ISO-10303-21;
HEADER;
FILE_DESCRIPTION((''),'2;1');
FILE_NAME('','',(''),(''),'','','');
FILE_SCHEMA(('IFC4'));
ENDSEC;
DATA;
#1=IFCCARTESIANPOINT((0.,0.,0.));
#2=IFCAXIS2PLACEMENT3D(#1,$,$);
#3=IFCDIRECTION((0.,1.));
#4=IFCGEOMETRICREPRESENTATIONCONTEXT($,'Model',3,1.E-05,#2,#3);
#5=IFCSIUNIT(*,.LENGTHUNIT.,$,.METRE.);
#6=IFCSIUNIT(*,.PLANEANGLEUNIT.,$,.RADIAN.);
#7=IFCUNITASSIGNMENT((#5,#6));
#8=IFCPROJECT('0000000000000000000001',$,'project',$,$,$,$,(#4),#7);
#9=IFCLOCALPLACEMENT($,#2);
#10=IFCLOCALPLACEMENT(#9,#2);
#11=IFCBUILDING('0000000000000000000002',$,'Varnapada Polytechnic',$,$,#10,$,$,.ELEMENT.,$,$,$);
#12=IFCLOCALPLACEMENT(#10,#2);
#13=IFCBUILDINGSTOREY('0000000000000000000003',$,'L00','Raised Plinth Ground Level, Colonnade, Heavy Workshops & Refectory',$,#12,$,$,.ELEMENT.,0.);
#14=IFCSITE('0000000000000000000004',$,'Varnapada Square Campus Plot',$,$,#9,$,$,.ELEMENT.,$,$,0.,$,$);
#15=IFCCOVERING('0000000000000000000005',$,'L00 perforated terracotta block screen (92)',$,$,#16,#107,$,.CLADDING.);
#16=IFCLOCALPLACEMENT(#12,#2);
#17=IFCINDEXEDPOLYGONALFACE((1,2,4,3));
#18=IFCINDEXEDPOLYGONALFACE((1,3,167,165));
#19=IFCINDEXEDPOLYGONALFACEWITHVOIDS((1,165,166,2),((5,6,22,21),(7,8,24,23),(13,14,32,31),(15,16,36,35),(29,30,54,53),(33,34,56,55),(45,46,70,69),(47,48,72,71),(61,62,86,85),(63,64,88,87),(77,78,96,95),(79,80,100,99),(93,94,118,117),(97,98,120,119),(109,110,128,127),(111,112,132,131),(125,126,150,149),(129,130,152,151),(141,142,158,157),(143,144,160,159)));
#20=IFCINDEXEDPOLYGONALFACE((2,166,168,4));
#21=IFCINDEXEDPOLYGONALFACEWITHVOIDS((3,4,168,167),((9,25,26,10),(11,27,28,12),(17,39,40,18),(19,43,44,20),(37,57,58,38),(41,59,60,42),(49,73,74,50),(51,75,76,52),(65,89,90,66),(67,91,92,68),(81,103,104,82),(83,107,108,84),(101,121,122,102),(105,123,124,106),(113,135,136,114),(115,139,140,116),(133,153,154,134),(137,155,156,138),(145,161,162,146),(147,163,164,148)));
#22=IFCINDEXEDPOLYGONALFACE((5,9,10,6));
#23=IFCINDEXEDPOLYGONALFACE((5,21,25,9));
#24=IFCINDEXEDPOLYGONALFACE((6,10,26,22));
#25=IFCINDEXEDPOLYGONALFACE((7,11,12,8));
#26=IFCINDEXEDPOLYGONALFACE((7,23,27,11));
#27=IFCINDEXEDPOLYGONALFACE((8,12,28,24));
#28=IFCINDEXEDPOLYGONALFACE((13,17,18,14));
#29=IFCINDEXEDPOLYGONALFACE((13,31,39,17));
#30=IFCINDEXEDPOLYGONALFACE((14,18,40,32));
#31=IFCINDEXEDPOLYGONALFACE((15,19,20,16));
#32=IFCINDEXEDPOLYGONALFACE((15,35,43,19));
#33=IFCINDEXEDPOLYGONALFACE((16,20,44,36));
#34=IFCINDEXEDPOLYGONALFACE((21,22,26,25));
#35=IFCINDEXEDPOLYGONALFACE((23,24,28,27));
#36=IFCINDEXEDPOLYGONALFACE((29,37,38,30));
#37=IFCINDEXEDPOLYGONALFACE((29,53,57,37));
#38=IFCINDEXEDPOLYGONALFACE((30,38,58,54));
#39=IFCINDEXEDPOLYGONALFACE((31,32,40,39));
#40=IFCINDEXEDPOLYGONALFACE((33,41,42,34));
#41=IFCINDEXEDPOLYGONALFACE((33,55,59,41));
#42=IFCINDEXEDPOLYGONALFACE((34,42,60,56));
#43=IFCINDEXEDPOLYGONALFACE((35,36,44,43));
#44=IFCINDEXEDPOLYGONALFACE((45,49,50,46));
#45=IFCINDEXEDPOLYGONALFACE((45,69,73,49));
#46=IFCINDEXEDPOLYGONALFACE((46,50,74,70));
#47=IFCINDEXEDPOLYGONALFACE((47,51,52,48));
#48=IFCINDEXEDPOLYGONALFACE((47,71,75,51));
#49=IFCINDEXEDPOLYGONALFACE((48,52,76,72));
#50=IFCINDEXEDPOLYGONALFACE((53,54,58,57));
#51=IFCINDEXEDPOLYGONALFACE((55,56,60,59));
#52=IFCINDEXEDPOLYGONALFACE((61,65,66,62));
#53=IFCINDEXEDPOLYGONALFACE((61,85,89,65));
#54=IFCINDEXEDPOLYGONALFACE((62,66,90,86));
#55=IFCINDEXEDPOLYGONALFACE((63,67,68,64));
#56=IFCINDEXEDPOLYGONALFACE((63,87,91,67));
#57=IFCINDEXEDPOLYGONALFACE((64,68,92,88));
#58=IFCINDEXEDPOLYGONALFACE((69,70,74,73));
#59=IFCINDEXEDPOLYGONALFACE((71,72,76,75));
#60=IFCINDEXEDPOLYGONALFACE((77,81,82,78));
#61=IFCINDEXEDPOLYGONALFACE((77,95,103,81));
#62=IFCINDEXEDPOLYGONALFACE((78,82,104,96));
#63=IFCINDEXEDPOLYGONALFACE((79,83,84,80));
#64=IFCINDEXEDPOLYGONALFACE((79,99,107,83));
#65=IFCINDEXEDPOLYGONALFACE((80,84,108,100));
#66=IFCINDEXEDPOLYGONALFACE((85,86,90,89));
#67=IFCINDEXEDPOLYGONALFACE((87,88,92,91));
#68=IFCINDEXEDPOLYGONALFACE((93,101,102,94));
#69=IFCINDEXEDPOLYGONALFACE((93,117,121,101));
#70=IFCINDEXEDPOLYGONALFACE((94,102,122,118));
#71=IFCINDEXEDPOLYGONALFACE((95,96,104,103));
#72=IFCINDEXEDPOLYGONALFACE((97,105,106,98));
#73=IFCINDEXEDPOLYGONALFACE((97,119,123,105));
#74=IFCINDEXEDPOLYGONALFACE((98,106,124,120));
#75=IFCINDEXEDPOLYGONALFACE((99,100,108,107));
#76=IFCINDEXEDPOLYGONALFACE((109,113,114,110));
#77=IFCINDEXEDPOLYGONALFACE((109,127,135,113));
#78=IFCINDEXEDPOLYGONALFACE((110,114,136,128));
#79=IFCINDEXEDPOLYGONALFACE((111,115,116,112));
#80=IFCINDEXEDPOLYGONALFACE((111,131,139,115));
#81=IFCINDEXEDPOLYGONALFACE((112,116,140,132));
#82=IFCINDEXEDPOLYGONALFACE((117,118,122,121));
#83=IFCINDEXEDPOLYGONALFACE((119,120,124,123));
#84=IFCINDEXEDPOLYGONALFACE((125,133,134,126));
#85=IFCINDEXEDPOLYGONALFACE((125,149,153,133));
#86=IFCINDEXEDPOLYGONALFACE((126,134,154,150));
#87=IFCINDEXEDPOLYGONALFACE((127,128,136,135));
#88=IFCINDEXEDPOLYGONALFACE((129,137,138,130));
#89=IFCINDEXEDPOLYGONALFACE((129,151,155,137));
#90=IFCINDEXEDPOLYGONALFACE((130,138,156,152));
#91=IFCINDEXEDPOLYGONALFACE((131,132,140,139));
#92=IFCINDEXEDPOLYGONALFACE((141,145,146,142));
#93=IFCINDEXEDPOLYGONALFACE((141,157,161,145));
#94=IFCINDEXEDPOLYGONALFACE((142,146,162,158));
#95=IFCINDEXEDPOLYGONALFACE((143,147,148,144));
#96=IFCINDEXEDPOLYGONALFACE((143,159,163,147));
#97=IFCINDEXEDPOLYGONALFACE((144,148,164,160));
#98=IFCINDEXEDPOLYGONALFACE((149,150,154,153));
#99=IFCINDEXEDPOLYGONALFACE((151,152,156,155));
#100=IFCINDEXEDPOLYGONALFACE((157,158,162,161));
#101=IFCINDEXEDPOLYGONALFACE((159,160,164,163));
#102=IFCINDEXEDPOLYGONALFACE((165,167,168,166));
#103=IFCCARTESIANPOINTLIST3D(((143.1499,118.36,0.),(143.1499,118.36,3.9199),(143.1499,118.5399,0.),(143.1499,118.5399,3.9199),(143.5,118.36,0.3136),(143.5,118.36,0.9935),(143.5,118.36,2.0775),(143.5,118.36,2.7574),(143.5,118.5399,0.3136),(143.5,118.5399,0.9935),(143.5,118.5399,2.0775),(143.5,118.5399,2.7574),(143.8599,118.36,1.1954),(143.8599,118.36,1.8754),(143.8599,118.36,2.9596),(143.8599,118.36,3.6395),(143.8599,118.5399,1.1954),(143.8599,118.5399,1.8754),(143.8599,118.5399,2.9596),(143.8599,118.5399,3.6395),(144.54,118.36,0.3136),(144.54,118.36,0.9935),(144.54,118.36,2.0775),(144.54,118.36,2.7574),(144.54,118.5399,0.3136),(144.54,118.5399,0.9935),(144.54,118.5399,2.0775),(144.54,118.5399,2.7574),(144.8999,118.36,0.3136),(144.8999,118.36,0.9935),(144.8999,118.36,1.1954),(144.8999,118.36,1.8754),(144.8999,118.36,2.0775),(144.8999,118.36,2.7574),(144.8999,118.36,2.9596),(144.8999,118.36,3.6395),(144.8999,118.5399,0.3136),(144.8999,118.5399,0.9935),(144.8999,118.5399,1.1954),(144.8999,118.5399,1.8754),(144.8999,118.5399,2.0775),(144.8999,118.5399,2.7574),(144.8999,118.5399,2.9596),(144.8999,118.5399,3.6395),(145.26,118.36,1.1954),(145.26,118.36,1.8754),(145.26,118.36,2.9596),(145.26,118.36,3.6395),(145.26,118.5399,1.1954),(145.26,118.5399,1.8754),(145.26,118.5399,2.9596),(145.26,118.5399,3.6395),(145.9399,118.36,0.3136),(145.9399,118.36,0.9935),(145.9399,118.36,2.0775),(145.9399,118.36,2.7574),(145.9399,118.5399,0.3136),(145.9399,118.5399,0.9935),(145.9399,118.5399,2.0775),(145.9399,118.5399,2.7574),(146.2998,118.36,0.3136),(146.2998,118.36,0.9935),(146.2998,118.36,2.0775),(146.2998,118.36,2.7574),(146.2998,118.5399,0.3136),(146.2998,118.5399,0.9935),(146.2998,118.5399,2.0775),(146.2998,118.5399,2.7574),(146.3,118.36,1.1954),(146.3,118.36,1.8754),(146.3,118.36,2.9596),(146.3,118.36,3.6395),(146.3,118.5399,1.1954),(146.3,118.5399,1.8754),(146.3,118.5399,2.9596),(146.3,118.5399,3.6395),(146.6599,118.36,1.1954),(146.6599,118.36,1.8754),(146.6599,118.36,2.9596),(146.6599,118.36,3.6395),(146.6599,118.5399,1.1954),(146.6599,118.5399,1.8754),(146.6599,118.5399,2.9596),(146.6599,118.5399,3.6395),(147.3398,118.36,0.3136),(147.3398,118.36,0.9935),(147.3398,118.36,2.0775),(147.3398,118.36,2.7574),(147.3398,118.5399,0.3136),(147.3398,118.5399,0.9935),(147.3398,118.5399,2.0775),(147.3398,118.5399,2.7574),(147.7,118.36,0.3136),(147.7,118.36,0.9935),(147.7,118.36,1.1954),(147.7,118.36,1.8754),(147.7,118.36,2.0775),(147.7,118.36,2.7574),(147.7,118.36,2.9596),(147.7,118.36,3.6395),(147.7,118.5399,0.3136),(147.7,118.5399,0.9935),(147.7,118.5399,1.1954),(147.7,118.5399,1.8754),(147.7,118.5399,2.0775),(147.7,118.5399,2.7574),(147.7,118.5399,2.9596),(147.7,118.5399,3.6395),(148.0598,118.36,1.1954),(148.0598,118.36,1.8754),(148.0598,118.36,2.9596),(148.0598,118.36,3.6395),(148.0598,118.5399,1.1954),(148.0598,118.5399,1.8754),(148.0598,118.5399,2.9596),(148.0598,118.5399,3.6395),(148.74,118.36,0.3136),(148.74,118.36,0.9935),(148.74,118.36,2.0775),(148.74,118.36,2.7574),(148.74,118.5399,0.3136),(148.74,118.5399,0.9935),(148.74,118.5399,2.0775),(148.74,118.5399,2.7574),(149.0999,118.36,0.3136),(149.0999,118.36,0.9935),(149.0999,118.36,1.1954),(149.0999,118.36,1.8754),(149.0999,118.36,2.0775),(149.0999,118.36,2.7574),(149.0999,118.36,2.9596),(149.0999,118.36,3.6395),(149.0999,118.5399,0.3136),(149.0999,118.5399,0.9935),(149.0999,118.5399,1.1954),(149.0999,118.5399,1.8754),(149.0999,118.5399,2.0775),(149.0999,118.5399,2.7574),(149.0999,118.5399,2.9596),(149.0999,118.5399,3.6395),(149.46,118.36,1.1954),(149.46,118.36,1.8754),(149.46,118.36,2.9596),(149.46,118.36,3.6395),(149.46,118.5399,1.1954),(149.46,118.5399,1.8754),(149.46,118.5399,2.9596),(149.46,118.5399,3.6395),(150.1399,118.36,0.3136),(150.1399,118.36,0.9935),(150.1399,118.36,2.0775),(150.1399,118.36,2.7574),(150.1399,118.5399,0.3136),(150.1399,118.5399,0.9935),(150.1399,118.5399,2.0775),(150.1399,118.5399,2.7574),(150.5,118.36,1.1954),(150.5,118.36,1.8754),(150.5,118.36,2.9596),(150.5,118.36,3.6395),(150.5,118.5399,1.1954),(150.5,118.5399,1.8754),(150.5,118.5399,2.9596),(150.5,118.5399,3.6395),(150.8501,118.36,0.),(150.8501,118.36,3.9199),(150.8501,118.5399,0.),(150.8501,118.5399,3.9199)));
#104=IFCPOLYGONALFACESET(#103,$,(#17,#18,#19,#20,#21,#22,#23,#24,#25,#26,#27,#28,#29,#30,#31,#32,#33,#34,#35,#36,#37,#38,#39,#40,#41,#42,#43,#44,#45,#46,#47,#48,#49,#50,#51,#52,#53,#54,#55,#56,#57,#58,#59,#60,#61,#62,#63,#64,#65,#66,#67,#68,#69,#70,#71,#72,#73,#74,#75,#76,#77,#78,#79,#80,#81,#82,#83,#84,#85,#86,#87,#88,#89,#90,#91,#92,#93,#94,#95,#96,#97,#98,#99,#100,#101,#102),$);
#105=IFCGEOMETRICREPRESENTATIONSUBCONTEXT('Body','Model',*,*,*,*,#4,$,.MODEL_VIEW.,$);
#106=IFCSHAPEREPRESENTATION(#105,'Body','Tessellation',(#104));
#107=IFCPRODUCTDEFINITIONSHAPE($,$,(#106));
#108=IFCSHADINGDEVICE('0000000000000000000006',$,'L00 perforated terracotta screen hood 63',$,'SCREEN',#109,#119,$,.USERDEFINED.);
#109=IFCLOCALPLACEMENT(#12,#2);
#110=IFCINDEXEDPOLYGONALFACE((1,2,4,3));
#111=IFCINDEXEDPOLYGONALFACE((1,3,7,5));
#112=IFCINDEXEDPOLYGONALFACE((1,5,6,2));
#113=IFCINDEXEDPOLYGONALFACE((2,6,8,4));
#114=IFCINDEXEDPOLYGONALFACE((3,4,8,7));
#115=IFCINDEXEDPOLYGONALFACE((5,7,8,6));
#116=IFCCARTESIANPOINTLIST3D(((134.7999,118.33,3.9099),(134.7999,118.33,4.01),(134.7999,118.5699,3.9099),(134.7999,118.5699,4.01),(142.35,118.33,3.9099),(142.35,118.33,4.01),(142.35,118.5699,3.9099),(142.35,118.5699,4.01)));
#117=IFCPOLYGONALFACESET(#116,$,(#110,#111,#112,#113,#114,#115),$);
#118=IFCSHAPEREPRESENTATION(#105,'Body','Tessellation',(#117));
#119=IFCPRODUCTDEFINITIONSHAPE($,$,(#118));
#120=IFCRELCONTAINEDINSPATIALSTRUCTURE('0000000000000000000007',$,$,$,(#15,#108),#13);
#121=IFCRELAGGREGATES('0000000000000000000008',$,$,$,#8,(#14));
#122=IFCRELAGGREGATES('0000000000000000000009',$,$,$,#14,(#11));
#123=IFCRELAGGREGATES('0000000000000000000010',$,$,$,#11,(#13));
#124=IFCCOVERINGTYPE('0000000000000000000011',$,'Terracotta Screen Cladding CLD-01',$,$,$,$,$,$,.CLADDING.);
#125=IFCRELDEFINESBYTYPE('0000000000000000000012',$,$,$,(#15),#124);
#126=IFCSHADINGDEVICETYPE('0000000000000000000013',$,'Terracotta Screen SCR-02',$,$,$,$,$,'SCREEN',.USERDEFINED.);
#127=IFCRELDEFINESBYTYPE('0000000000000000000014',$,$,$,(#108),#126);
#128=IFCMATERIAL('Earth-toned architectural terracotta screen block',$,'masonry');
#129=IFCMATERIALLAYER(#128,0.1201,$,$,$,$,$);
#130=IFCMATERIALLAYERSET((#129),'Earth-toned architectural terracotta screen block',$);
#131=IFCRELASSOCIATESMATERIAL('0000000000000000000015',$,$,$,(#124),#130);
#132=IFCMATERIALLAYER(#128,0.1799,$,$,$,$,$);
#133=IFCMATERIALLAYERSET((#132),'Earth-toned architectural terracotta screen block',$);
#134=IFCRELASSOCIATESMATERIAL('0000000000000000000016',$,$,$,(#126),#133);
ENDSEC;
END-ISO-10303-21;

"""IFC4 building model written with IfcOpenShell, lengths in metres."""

from ifc_helpers import new_model, si_unit, direction, frame, frame_2d, origin, origin_2d, place, context, subcontext, project, spatial, rectangle, extrude, material, layer, layer_set, type_object, element, save


model = new_model("IFC4")

# Units and contexts
model_context = context("Model", 3, precision=1e-05, world=origin(), true_north=direction((0.0, 1.0)))
body_context = subcontext(model_context, "Body", "Model", "MODEL_VIEW")
ifc_project = project(units=[si_unit("LENGTHUNIT", "METRE"), si_unit("PLANEANGLEUNIT", "RADIAN")], contexts=[model_context])

# Site, building, storey
site_placement = place(None, origin())
site = spatial("IfcSite", under=ifc_project, at=site_placement, Name="Varnapada Square Campus Plot", CompositionType="ELEMENT", RefElevation=0.0)
building_placement = place(site_placement, origin())
building = spatial("IfcBuilding", under=site, at=building_placement, Name="Varnapada Polytechnic", CompositionType="ELEMENT")
storey_placement = place(building_placement, origin())
storey = spatial("IfcBuildingStorey", under=building, at=storey_placement, Name="L00", Description="Raised Plinth Ground Level, Colonnade, Heavy Workshops & Refectory", CompositionType="ELEMENT", Elevation=0.0)

# Covering, openings
ifc_material_1 = material(Name="Earth-toned architectural terracotta screen block", Category="masonry")
ifc_layer_1 = layer(ifc_material_1, 0.1201)
ifc_layer_set_1 = layer_set([ifc_layer_1], Name="Earth-toned architectural terracotta screen block")
covering_type = type_object("IfcCoveringType", Name="Terracotta Screen Cladding CLD-01", PredefinedType="CLADDING", material=ifc_layer_set_1)
covering_placement = place(storey_placement, frame((143.1499, 118.45, 0.0), z_axis=(0.0, 0.0, 1.0), x_axis=(1.0, 0.0, 0.0)))
covering = element("IfcCovering", 1, at=covering_placement, inside=storey, type_object=covering_type, Name="L00 perforated terracotta block screen (92)", PredefinedType="CLADDING", context=body_context, shape_type="SweptSolid", body=[
    extrude(rectangle(XDim=7.7002, YDim=0.1799, at=frame_2d((3.8501, 0.0))), origin(), (0.0, 0.0, 1.0), 3.9199),
])
opening_1_placement = place(covering_placement, frame((0.3501, 0.0, 0.3137)))
element("IfcOpeningElement", 2, at=opening_1_placement, cuts=covering, PredefinedType="OPENING", context=body_context, shape_type="SweptSolid", body=[
    extrude(rectangle(XDim=1.04, YDim=0.6799, at=frame_2d((0.52, 0.3398))), frame((0.0, 0.0999, 0.0), z_axis=(0.0, -1.0, 0.0), x_axis=(1.0, 0.0, 0.0)), (0.0, 0.0, 1.0), 0.2),
])
opening_2_placement = place(covering_placement, frame((1.75, 0.0, 0.3137)))
element("IfcOpeningElement", 3, at=opening_2_placement, cuts=covering, PredefinedType="OPENING", context=body_context, shape_type="SweptSolid", body=[
    extrude(rectangle(XDim=1.04, YDim=0.6799, at=frame_2d((0.52, 0.3398))), frame((0.0, 0.0999, 0.0), z_axis=(0.0, -1.0, 0.0), x_axis=(1.0, 0.0, 0.0)), (0.0, 0.0, 1.0), 0.2),
])
opening_3_placement = place(covering_placement, frame((3.1499, 0.0, 0.3137)))
element("IfcOpeningElement", 4, at=opening_3_placement, cuts=covering, PredefinedType="OPENING", context=body_context, shape_type="SweptSolid", body=[
    extrude(rectangle(XDim=1.04, YDim=0.6799, at=frame_2d((0.52, 0.3398))), frame((0.0, 0.0999, 0.0), z_axis=(0.0, -1.0, 0.0), x_axis=(1.0, 0.0, 0.0)), (0.0, 0.0, 1.0), 0.2),
])
opening_4_placement = place(covering_placement, frame((4.55, 0.0, 0.3137)))
element("IfcOpeningElement", 5, at=opening_4_placement, cuts=covering, PredefinedType="OPENING", context=body_context, shape_type="SweptSolid", body=[
    extrude(rectangle(XDim=1.04, YDim=0.6799, at=frame_2d((0.52, 0.3398))), frame((0.0, 0.0999, 0.0), z_axis=(0.0, -1.0, 0.0), x_axis=(1.0, 0.0, 0.0)), (0.0, 0.0, 1.0), 0.2),
])
opening_5_placement = place(covering_placement, frame((5.95, 0.0, 0.3137)))
element("IfcOpeningElement", 6, at=opening_5_placement, cuts=covering, PredefinedType="OPENING", context=body_context, shape_type="SweptSolid", body=[
    extrude(rectangle(XDim=1.04, YDim=0.6799, at=frame_2d((0.52, 0.3398))), frame((0.0, 0.0999, 0.0), z_axis=(0.0, -1.0, 0.0), x_axis=(1.0, 0.0, 0.0)), (0.0, 0.0, 1.0), 0.2),
])
opening_6_placement = place(covering_placement, frame((0.71, 0.0, 1.1956)))
element("IfcOpeningElement", 7, at=opening_6_placement, cuts=covering, PredefinedType="OPENING", context=body_context, shape_type="SweptSolid", body=[
    extrude(rectangle(XDim=1.04, YDim=0.6799, at=frame_2d((0.52, 0.3398))), frame((0.0, 0.0999, 0.0), z_axis=(0.0, -1.0, 0.0), x_axis=(1.0, 0.0, 0.0)), (0.0, 0.0, 1.0), 0.2),
])
opening_7_placement = place(covering_placement, frame((2.1101, 0.0, 1.1956)))
element("IfcOpeningElement", 8, at=opening_7_placement, cuts=covering, PredefinedType="OPENING", context=body_context, shape_type="SweptSolid", body=[
    extrude(rectangle(XDim=1.04, YDim=0.6799, at=frame_2d((0.52, 0.3398))), frame((0.0, 0.0999, 0.0), z_axis=(0.0, -1.0, 0.0), x_axis=(1.0, 0.0, 0.0)), (0.0, 0.0, 1.0), 0.2),
])
opening_8_placement = place(covering_placement, frame((3.51, 0.0, 1.1956)))
element("IfcOpeningElement", 9, at=opening_8_placement, cuts=covering, PredefinedType="OPENING", context=body_context, shape_type="SweptSolid", body=[
    extrude(rectangle(XDim=1.04, YDim=0.6799, at=frame_2d((0.52, 0.3398))), frame((0.0, 0.0999, 0.0), z_axis=(0.0, -1.0, 0.0), x_axis=(1.0, 0.0, 0.0)), (0.0, 0.0, 1.0), 0.2),
])
opening_9_placement = place(covering_placement, frame((4.9099, 0.0, 1.1956)))
element("IfcOpeningElement", 10, at=opening_9_placement, cuts=covering, PredefinedType="OPENING", context=body_context, shape_type="SweptSolid", body=[
    extrude(rectangle(XDim=1.04, YDim=0.6799, at=frame_2d((0.52, 0.3398))), frame((0.0, 0.0999, 0.0), z_axis=(0.0, -1.0, 0.0), x_axis=(1.0, 0.0, 0.0)), (0.0, 0.0, 1.0), 0.2),
])
opening_10_placement = place(covering_placement, frame((6.3101, 0.0, 1.1956)))
element("IfcOpeningElement", 11, at=opening_10_placement, cuts=covering, PredefinedType="OPENING", context=body_context, shape_type="SweptSolid", body=[
    extrude(rectangle(XDim=1.04, YDim=0.6799, at=frame_2d((0.52, 0.3398))), frame((0.0, 0.0999, 0.0), z_axis=(0.0, -1.0, 0.0), x_axis=(1.0, 0.0, 0.0)), (0.0, 0.0, 1.0), 0.2),
])
opening_11_placement = place(covering_placement, frame((0.3501, 0.0, 2.0776)))
element("IfcOpeningElement", 12, at=opening_11_placement, cuts=covering, PredefinedType="OPENING", context=body_context, shape_type="SweptSolid", body=[
    extrude(rectangle(XDim=1.04, YDim=0.6799, at=frame_2d((0.52, 0.3398))), frame((0.0, 0.0999, 0.0), z_axis=(0.0, -1.0, 0.0), x_axis=(1.0, 0.0, 0.0)), (0.0, 0.0, 1.0), 0.2),
])
opening_12_placement = place(covering_placement, frame((1.75, 0.0, 2.0776)))
element("IfcOpeningElement", 13, at=opening_12_placement, cuts=covering, PredefinedType="OPENING", context=body_context, shape_type="SweptSolid", body=[
    extrude(rectangle(XDim=1.04, YDim=0.6799, at=frame_2d((0.52, 0.3398))), frame((0.0, 0.0999, 0.0), z_axis=(0.0, -1.0, 0.0), x_axis=(1.0, 0.0, 0.0)), (0.0, 0.0, 1.0), 0.2),
])
opening_13_placement = place(covering_placement, frame((3.1499, 0.0, 2.0776)))
element("IfcOpeningElement", 14, at=opening_13_placement, cuts=covering, PredefinedType="OPENING", context=body_context, shape_type="SweptSolid", body=[
    extrude(rectangle(XDim=1.04, YDim=0.6799, at=frame_2d((0.52, 0.3398))), frame((0.0, 0.0999, 0.0), z_axis=(0.0, -1.0, 0.0), x_axis=(1.0, 0.0, 0.0)), (0.0, 0.0, 1.0), 0.2),
])
opening_14_placement = place(covering_placement, frame((4.55, 0.0, 2.0776)))
element("IfcOpeningElement", 15, at=opening_14_placement, cuts=covering, PredefinedType="OPENING", context=body_context, shape_type="SweptSolid", body=[
    extrude(rectangle(XDim=1.04, YDim=0.6799, at=frame_2d((0.52, 0.3398))), frame((0.0, 0.0999, 0.0), z_axis=(0.0, -1.0, 0.0), x_axis=(1.0, 0.0, 0.0)), (0.0, 0.0, 1.0), 0.2),
])
opening_15_placement = place(covering_placement, frame((5.95, 0.0, 2.0776)))
element("IfcOpeningElement", 16, at=opening_15_placement, cuts=covering, PredefinedType="OPENING", context=body_context, shape_type="SweptSolid", body=[
    extrude(rectangle(XDim=1.04, YDim=0.6799, at=frame_2d((0.52, 0.3398))), frame((0.0, 0.0999, 0.0), z_axis=(0.0, -1.0, 0.0), x_axis=(1.0, 0.0, 0.0)), (0.0, 0.0, 1.0), 0.2),
])
opening_16_placement = place(covering_placement, frame((0.71, 0.0, 2.9597)))
element("IfcOpeningElement", 17, at=opening_16_placement, cuts=covering, PredefinedType="OPENING", context=body_context, shape_type="SweptSolid", body=[
    extrude(rectangle(XDim=1.04, YDim=0.6799, at=frame_2d((0.52, 0.3398))), frame((0.0, 0.0999, 0.0), z_axis=(0.0, -1.0, 0.0), x_axis=(1.0, 0.0, 0.0)), (0.0, 0.0, 1.0), 0.2),
])
opening_17_placement = place(covering_placement, frame((2.1101, 0.0, 2.9597)))
element("IfcOpeningElement", 18, at=opening_17_placement, cuts=covering, PredefinedType="OPENING", context=body_context, shape_type="SweptSolid", body=[
    extrude(rectangle(XDim=1.04, YDim=0.6799, at=frame_2d((0.52, 0.3398))), frame((0.0, 0.0999, 0.0), z_axis=(0.0, -1.0, 0.0), x_axis=(1.0, 0.0, 0.0)), (0.0, 0.0, 1.0), 0.2),
])
opening_18_placement = place(covering_placement, frame((3.51, 0.0, 2.9597)))
element("IfcOpeningElement", 19, at=opening_18_placement, cuts=covering, PredefinedType="OPENING", context=body_context, shape_type="SweptSolid", body=[
    extrude(rectangle(XDim=1.04, YDim=0.6799, at=frame_2d((0.52, 0.3398))), frame((0.0, 0.0999, 0.0), z_axis=(0.0, -1.0, 0.0), x_axis=(1.0, 0.0, 0.0)), (0.0, 0.0, 1.0), 0.2),
])
opening_19_placement = place(covering_placement, frame((4.9099, 0.0, 2.9597)))
element("IfcOpeningElement", 20, at=opening_19_placement, cuts=covering, PredefinedType="OPENING", context=body_context, shape_type="SweptSolid", body=[
    extrude(rectangle(XDim=1.04, YDim=0.6799, at=frame_2d((0.52, 0.3398))), frame((0.0, 0.0999, 0.0), z_axis=(0.0, -1.0, 0.0), x_axis=(1.0, 0.0, 0.0)), (0.0, 0.0, 1.0), 0.2),
])
opening_20_placement = place(covering_placement, frame((6.3101, 0.0, 2.9597)))
element("IfcOpeningElement", 21, at=opening_20_placement, cuts=covering, PredefinedType="OPENING", context=body_context, shape_type="SweptSolid", body=[
    extrude(rectangle(XDim=1.04, YDim=0.6799, at=frame_2d((0.52, 0.3398))), frame((0.0, 0.0999, 0.0), z_axis=(0.0, -1.0, 0.0), x_axis=(1.0, 0.0, 0.0)), (0.0, 0.0, 1.0), 0.2),
])

# Shading device
ifc_layer_2 = layer(ifc_material_1, 0.1799)
ifc_layer_set_2 = layer_set([ifc_layer_2], Name="Earth-toned architectural terracotta screen block")
shading_device_type = type_object("IfcShadingDeviceType", Name="Terracotta Screen SCR-02", ElementType="SCREEN", PredefinedType="USERDEFINED", material=ifc_layer_set_2)
shading_device_placement = place(storey_placement, frame((138.575, 118.45, 3.9099), z_axis=(0.0, 0.0, 1.0), x_axis=(1.0, 0.0, 0.0)))
element("IfcShadingDevice", 22, at=shading_device_placement, inside=storey, type_object=shading_device_type, Name="L00 perforated terracotta screen hood 63", ObjectType="SCREEN", PredefinedType="USERDEFINED", context=body_context, shape_type="SweptSolid", body=[
    extrude(rectangle(XDim=7.55, YDim=0.24, at=origin_2d()), origin(), (0.0, 0.0, 1.0), 0.1001),
])

save(model, "model.ifc")
